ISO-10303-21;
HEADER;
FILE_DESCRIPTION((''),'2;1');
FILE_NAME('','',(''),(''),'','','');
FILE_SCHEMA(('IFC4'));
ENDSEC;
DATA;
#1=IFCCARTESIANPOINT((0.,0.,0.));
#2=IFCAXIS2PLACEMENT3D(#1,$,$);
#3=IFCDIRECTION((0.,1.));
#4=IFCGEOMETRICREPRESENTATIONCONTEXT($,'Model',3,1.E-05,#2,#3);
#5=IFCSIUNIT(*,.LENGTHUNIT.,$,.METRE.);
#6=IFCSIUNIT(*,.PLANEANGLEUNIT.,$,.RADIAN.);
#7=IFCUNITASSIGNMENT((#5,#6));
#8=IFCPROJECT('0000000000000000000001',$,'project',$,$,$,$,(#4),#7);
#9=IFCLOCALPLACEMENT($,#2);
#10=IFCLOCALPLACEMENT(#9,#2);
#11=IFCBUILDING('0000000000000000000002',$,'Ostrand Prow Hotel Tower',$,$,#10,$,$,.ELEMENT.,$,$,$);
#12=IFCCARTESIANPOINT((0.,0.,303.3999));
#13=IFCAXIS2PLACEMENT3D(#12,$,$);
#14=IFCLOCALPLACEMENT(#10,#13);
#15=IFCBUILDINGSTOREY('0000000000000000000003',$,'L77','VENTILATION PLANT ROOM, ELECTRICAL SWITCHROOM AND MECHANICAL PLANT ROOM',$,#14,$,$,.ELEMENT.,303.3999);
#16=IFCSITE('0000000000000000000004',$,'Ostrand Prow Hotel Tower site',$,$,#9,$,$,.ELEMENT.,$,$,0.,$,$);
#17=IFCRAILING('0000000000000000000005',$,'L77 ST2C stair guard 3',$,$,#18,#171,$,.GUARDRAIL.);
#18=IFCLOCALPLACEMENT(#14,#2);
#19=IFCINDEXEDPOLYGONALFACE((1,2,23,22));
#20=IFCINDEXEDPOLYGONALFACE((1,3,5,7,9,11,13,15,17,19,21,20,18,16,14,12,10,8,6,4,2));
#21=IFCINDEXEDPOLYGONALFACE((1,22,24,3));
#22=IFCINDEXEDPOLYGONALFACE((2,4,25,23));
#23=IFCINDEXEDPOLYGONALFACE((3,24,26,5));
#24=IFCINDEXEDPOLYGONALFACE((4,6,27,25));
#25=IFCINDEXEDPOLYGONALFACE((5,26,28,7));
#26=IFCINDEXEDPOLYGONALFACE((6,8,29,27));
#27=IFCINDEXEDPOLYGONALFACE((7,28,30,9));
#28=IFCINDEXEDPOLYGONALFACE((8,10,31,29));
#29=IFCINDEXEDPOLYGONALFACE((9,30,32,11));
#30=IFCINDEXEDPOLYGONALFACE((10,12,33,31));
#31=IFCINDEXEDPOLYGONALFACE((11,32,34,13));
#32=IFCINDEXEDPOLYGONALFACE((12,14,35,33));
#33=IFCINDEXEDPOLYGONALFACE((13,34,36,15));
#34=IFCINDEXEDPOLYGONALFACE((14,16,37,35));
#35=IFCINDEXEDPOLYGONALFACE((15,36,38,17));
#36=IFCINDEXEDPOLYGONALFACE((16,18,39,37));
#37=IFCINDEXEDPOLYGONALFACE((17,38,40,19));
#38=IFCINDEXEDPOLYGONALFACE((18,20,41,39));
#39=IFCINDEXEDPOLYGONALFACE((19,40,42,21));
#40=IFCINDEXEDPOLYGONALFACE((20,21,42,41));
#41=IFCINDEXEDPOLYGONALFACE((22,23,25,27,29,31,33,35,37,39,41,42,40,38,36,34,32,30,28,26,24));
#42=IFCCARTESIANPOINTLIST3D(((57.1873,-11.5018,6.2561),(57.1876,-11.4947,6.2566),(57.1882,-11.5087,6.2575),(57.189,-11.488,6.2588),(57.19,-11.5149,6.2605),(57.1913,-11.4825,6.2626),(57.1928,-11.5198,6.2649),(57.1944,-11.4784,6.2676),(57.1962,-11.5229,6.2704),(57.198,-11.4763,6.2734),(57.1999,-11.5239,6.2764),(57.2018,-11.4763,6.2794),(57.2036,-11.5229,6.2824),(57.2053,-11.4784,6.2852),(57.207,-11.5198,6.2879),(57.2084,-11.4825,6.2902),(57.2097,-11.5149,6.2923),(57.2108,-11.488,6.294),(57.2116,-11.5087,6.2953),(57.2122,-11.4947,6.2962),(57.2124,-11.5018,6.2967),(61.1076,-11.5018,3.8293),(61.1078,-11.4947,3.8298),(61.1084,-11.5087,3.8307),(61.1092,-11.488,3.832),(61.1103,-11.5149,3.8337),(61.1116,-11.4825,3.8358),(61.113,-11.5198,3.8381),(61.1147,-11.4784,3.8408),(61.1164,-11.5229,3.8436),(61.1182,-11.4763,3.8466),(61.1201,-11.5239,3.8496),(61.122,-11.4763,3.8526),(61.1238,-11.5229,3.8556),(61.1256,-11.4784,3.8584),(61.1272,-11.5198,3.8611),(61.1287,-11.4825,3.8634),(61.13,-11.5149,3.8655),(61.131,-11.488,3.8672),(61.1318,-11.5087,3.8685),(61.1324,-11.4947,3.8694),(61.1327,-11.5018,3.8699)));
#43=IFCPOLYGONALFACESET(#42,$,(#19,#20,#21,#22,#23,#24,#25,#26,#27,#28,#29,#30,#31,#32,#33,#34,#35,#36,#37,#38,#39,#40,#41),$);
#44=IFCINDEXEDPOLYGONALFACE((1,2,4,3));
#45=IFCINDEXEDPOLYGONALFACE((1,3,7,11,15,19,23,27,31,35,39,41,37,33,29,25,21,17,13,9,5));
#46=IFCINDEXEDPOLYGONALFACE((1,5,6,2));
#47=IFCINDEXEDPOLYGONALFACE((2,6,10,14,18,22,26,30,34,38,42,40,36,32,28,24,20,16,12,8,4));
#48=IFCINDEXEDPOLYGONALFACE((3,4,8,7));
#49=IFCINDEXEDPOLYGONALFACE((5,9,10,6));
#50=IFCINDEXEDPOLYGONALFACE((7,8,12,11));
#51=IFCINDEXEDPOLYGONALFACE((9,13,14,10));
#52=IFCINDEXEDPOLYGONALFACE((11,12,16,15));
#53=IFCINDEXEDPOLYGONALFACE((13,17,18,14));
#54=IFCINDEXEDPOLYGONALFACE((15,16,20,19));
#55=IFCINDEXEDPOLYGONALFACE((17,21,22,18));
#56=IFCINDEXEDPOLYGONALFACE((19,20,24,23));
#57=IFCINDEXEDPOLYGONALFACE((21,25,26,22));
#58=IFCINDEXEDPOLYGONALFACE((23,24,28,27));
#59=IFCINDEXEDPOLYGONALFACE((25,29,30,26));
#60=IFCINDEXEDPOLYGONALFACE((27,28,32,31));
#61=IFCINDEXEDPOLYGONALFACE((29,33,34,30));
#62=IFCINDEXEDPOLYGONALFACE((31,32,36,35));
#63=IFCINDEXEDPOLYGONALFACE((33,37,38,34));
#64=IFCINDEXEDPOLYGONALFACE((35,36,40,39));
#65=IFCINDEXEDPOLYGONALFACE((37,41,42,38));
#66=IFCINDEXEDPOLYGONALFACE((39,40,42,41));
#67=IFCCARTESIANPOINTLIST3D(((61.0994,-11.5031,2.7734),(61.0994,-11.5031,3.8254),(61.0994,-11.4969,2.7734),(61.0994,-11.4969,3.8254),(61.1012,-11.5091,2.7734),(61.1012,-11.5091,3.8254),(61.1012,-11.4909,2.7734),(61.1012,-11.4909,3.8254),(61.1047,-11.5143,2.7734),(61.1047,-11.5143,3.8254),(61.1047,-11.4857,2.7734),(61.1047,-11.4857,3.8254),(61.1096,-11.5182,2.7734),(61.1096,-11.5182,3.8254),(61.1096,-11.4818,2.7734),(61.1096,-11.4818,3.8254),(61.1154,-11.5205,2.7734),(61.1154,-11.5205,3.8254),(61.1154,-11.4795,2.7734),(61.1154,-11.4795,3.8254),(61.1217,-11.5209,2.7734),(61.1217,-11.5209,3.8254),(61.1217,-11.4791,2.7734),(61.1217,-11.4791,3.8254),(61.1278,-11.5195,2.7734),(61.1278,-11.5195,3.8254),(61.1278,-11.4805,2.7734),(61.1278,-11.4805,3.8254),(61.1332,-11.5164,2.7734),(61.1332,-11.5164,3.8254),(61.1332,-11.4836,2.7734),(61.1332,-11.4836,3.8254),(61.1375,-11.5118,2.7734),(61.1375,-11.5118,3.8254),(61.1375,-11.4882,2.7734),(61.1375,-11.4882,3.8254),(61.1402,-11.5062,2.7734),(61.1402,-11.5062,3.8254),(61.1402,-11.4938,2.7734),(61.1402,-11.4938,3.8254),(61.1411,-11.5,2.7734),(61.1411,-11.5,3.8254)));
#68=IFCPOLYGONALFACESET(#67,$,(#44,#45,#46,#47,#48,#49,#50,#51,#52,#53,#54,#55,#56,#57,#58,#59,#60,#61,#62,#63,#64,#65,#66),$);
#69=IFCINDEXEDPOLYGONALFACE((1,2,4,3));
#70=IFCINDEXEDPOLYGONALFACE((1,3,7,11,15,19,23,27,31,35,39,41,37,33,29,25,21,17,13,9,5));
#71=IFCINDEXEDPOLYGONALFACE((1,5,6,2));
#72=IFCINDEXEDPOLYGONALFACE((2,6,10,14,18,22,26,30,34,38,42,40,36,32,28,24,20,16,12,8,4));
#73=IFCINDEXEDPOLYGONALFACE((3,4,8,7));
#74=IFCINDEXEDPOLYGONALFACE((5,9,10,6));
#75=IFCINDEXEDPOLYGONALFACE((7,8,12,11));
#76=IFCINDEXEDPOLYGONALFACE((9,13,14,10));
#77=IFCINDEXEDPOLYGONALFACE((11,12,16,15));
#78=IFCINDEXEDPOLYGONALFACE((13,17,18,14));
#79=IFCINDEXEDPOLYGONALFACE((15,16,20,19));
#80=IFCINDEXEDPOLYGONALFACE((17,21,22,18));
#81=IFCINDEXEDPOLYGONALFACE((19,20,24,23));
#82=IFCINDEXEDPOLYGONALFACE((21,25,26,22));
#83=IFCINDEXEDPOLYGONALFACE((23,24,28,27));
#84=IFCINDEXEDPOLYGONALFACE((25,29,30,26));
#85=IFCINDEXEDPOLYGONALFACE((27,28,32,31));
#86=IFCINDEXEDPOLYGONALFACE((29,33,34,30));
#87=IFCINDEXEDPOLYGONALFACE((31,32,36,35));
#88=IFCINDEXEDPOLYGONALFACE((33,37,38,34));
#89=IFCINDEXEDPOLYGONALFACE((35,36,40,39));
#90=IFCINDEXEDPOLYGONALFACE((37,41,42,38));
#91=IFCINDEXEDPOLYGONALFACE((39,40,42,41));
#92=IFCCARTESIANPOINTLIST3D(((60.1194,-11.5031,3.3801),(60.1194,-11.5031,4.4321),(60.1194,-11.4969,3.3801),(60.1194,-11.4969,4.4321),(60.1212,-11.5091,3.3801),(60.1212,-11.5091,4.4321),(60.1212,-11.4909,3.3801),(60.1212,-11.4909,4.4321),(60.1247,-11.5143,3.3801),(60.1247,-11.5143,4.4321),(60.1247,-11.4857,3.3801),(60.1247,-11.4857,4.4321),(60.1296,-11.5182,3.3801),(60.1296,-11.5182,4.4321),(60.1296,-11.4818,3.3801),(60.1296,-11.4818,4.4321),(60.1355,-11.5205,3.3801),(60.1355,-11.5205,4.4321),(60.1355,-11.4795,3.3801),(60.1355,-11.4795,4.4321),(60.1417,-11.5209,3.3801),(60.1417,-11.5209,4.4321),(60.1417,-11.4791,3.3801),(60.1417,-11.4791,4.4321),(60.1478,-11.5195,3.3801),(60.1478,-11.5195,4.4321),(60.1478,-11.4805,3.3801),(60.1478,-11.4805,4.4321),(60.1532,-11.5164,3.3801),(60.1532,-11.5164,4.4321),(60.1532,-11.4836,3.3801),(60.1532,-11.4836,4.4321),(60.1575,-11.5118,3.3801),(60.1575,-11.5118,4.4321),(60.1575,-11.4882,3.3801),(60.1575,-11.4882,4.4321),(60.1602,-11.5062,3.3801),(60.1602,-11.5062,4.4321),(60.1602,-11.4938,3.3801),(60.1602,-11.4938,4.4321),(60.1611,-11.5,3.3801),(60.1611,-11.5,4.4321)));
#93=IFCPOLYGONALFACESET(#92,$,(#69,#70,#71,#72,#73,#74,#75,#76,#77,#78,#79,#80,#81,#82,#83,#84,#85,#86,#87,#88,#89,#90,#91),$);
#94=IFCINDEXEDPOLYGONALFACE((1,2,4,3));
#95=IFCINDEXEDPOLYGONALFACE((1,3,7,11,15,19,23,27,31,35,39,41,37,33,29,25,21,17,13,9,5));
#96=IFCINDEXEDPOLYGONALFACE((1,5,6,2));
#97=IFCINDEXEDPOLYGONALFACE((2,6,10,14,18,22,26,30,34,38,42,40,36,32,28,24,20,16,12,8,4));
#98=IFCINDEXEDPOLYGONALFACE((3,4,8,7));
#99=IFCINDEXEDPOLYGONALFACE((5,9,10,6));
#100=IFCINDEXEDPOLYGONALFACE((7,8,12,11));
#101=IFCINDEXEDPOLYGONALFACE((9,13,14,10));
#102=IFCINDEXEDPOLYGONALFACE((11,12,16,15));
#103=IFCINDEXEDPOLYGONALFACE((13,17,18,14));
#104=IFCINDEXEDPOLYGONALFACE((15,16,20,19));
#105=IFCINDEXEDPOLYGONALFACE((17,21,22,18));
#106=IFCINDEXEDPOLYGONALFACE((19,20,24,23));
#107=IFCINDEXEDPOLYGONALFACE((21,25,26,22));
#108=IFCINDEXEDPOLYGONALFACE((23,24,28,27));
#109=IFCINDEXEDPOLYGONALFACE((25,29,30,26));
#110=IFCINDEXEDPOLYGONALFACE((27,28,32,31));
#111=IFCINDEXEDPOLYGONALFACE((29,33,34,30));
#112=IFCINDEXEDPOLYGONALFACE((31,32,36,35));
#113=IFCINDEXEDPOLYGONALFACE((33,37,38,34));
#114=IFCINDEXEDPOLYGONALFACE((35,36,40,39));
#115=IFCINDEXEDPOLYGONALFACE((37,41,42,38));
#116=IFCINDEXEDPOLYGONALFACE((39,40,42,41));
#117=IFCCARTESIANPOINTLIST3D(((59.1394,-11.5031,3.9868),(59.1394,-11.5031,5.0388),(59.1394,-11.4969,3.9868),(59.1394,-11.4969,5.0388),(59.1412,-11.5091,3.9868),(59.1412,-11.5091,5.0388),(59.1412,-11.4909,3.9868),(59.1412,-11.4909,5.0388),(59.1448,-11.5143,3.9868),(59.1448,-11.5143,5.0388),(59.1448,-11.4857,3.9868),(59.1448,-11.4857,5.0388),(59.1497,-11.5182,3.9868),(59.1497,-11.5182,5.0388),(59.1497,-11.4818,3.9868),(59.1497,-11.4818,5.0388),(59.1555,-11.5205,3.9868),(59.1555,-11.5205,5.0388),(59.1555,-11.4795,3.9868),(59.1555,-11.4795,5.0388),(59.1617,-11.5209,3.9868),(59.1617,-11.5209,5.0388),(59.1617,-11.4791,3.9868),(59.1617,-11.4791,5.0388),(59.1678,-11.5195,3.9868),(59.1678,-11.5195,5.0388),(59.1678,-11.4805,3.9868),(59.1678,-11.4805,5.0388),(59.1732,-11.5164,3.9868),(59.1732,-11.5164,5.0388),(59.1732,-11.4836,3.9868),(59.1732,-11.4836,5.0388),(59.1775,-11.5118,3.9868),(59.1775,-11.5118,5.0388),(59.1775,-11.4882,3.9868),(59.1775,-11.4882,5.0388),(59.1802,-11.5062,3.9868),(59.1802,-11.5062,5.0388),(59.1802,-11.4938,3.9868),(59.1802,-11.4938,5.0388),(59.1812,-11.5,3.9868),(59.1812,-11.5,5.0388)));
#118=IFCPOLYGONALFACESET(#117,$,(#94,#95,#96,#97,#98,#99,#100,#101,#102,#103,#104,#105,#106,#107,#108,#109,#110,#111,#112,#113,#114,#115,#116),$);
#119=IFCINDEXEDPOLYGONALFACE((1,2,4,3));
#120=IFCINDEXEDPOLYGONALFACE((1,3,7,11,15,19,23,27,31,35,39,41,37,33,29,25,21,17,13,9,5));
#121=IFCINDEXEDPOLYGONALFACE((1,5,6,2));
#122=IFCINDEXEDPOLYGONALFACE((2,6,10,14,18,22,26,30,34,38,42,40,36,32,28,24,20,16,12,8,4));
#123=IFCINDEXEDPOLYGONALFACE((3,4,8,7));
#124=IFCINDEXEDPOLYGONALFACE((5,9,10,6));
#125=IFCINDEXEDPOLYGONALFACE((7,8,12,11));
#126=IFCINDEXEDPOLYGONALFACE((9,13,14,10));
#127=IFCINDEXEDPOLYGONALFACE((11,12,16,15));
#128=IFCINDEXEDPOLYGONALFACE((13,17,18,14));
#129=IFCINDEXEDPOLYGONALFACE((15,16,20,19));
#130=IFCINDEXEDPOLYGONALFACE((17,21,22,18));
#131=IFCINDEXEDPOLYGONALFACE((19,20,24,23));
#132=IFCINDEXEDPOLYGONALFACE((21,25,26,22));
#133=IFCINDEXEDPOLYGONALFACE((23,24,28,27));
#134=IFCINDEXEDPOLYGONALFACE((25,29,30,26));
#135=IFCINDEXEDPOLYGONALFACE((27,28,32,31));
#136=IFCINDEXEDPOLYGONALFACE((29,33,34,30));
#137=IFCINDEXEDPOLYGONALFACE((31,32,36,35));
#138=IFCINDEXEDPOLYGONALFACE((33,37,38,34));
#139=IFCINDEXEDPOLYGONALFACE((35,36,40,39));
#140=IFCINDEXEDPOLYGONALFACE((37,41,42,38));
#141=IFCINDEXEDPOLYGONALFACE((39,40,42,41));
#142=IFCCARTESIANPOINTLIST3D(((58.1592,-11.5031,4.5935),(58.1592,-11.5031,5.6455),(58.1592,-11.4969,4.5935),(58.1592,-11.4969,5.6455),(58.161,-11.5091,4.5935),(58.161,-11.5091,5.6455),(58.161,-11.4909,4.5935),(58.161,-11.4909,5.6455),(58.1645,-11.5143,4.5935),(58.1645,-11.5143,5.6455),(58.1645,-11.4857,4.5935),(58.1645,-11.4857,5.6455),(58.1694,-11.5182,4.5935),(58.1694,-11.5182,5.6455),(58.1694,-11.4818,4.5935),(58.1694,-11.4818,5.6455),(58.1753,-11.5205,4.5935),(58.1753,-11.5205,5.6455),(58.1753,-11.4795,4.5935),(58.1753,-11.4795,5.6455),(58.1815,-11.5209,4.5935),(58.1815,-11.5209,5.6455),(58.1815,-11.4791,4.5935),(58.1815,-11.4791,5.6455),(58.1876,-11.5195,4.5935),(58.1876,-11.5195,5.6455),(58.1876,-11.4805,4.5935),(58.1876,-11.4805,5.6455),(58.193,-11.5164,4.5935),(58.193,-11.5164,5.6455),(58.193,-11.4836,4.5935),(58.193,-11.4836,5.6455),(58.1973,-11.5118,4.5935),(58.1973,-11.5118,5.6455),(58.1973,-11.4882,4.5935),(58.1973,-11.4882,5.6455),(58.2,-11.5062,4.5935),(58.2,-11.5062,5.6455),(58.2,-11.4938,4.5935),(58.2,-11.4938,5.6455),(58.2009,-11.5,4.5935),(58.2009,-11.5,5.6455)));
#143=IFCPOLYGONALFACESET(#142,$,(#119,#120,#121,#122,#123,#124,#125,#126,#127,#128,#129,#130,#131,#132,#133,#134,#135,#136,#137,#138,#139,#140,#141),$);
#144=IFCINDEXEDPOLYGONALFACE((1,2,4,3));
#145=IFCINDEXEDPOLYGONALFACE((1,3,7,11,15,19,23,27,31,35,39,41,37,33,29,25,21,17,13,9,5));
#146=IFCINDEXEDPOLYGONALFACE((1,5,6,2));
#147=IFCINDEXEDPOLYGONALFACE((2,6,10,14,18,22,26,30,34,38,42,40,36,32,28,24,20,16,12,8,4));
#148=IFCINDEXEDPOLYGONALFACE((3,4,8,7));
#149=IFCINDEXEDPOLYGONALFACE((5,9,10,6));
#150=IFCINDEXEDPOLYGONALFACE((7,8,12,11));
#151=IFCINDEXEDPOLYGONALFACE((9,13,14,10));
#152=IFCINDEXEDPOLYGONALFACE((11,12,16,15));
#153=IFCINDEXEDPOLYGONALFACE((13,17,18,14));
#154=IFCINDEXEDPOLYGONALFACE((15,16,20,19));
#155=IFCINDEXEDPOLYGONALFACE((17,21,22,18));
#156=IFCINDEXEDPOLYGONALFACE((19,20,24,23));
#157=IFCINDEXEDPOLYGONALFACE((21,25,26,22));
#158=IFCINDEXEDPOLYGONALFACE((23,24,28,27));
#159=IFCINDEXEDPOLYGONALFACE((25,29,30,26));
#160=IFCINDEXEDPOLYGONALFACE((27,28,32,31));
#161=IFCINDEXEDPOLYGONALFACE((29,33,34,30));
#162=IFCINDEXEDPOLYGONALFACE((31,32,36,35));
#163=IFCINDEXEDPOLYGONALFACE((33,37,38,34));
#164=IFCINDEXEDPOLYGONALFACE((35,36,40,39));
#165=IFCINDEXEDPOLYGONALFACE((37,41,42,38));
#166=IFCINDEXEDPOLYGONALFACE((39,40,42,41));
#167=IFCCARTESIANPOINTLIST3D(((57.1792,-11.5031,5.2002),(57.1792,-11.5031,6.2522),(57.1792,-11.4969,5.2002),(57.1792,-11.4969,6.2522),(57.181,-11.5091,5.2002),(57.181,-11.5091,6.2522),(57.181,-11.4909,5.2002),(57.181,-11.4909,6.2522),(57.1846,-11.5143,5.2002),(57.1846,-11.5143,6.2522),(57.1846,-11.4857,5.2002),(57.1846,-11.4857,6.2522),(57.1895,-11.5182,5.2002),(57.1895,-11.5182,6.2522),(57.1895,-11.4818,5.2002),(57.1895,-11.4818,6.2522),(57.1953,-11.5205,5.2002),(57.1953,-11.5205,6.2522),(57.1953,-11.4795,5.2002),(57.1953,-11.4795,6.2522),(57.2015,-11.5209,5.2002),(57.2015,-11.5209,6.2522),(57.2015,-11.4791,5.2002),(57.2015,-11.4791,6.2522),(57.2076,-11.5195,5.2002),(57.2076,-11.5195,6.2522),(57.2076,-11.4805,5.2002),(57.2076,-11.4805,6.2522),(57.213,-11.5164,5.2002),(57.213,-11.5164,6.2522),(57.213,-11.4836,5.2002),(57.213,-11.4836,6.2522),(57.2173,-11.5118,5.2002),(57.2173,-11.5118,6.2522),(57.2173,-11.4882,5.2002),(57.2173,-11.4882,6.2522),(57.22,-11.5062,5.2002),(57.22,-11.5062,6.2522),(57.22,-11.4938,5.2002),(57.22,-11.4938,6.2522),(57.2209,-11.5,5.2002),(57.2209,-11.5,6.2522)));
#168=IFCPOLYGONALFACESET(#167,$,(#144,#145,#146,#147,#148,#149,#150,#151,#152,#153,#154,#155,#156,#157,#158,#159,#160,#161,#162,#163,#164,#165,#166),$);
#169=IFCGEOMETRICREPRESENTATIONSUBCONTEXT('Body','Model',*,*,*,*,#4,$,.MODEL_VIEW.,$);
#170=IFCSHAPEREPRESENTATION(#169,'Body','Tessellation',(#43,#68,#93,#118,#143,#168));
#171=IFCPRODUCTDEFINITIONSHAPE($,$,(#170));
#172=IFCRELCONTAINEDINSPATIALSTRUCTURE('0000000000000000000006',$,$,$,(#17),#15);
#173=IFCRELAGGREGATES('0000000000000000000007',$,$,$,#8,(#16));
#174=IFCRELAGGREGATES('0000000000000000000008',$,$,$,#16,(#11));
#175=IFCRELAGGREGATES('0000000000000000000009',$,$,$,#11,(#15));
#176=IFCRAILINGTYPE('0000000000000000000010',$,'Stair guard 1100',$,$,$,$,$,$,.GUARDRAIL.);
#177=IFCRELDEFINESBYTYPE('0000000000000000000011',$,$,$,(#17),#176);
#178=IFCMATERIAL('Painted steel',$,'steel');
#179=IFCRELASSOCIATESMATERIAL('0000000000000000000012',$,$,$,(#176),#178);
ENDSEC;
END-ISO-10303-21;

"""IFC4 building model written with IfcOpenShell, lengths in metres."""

from ifc_helpers import new_model, si_unit, direction, frame, origin, origin_2d, place, context, subcontext, project, spatial, circle, extrude, material, type_object, element, save


model = new_model("IFC4")

# Units and contexts
model_context = context("Model", 3, precision=1e-05, world=origin(), true_north=direction((0.0, 1.0)))
body_context = subcontext(model_context, "Body", "Model", "MODEL_VIEW")
ifc_project = project(units=[si_unit("LENGTHUNIT", "METRE"), si_unit("PLANEANGLEUNIT", "RADIAN")], contexts=[model_context])

# Site, building, storey
site_placement = place(None, origin())
site = spatial("IfcSite", under=ifc_project, at=site_placement, Name="Ostrand Prow Hotel Tower site", CompositionType="ELEMENT", RefElevation=0.0)
building_placement = place(site_placement, origin())
building = spatial("IfcBuilding", under=site, at=building_placement, Name="Ostrand Prow Hotel Tower", CompositionType="ELEMENT")
storey_placement = place(building_placement, frame((0.0, 0.0, 303.3999)))
storey = spatial("IfcBuildingStorey", under=building, at=storey_placement, Name="L77", Description="VENTILATION PLANT ROOM, ELECTRICAL SWITCHROOM AND MECHANICAL PLANT ROOM", CompositionType="ELEMENT", Elevation=303.3999)

# Railing
ifc_material_1 = material(Name="Painted steel", Category="steel")
railing_type_1 = type_object("IfcRailingType", Name="Stair guard 1100", PredefinedType="GUARDRAIL", material=ifc_material_1)
railing_1_placement = place(storey_placement, frame((61.1201, -11.5, 2.7734)))
element("IfcRailing", 1, at=railing_1_placement, inside=storey, type_object=railing_type_1, Name="L77 ST2C stair guard 3", PredefinedType="GUARDRAIL", context=body_context, shape_type="SweptSolid", body=[
    extrude(circle(Radius=0.0239, at=origin_2d()), frame((0.0, 0.0, 1.0762), z_axis=(-0.850266, 0.0, 0.526353), x_axis=(0.0, -1.0, 0.0)), (0.0, 0.0, 1.0), 4.6106),
    extrude(circle(Radius=0.021, at=origin_2d()), origin(), (0.0, 0.0, 1.0), 1.052),
    extrude(circle(Radius=0.021, at=origin_2d()), frame((-0.98, 0.0, 0.6067)), (0.0, 0.0, 1.0), 1.052),
    extrude(circle(Radius=0.021, at=origin_2d()), frame((-1.96, 0.0, 1.2134)), (0.0, 0.0, 1.0), 1.052),
    extrude(circle(Radius=0.021, at=origin_2d()), frame((-2.9402, 0.0, 1.8201)), (0.0, 0.0, 1.0), 1.052),
    extrude(circle(Radius=0.021, at=origin_2d()), frame((-3.9202, 0.0, 2.4268)), (0.0, 0.0, 1.0), 1.052),
])

save(model, "model.ifc")
